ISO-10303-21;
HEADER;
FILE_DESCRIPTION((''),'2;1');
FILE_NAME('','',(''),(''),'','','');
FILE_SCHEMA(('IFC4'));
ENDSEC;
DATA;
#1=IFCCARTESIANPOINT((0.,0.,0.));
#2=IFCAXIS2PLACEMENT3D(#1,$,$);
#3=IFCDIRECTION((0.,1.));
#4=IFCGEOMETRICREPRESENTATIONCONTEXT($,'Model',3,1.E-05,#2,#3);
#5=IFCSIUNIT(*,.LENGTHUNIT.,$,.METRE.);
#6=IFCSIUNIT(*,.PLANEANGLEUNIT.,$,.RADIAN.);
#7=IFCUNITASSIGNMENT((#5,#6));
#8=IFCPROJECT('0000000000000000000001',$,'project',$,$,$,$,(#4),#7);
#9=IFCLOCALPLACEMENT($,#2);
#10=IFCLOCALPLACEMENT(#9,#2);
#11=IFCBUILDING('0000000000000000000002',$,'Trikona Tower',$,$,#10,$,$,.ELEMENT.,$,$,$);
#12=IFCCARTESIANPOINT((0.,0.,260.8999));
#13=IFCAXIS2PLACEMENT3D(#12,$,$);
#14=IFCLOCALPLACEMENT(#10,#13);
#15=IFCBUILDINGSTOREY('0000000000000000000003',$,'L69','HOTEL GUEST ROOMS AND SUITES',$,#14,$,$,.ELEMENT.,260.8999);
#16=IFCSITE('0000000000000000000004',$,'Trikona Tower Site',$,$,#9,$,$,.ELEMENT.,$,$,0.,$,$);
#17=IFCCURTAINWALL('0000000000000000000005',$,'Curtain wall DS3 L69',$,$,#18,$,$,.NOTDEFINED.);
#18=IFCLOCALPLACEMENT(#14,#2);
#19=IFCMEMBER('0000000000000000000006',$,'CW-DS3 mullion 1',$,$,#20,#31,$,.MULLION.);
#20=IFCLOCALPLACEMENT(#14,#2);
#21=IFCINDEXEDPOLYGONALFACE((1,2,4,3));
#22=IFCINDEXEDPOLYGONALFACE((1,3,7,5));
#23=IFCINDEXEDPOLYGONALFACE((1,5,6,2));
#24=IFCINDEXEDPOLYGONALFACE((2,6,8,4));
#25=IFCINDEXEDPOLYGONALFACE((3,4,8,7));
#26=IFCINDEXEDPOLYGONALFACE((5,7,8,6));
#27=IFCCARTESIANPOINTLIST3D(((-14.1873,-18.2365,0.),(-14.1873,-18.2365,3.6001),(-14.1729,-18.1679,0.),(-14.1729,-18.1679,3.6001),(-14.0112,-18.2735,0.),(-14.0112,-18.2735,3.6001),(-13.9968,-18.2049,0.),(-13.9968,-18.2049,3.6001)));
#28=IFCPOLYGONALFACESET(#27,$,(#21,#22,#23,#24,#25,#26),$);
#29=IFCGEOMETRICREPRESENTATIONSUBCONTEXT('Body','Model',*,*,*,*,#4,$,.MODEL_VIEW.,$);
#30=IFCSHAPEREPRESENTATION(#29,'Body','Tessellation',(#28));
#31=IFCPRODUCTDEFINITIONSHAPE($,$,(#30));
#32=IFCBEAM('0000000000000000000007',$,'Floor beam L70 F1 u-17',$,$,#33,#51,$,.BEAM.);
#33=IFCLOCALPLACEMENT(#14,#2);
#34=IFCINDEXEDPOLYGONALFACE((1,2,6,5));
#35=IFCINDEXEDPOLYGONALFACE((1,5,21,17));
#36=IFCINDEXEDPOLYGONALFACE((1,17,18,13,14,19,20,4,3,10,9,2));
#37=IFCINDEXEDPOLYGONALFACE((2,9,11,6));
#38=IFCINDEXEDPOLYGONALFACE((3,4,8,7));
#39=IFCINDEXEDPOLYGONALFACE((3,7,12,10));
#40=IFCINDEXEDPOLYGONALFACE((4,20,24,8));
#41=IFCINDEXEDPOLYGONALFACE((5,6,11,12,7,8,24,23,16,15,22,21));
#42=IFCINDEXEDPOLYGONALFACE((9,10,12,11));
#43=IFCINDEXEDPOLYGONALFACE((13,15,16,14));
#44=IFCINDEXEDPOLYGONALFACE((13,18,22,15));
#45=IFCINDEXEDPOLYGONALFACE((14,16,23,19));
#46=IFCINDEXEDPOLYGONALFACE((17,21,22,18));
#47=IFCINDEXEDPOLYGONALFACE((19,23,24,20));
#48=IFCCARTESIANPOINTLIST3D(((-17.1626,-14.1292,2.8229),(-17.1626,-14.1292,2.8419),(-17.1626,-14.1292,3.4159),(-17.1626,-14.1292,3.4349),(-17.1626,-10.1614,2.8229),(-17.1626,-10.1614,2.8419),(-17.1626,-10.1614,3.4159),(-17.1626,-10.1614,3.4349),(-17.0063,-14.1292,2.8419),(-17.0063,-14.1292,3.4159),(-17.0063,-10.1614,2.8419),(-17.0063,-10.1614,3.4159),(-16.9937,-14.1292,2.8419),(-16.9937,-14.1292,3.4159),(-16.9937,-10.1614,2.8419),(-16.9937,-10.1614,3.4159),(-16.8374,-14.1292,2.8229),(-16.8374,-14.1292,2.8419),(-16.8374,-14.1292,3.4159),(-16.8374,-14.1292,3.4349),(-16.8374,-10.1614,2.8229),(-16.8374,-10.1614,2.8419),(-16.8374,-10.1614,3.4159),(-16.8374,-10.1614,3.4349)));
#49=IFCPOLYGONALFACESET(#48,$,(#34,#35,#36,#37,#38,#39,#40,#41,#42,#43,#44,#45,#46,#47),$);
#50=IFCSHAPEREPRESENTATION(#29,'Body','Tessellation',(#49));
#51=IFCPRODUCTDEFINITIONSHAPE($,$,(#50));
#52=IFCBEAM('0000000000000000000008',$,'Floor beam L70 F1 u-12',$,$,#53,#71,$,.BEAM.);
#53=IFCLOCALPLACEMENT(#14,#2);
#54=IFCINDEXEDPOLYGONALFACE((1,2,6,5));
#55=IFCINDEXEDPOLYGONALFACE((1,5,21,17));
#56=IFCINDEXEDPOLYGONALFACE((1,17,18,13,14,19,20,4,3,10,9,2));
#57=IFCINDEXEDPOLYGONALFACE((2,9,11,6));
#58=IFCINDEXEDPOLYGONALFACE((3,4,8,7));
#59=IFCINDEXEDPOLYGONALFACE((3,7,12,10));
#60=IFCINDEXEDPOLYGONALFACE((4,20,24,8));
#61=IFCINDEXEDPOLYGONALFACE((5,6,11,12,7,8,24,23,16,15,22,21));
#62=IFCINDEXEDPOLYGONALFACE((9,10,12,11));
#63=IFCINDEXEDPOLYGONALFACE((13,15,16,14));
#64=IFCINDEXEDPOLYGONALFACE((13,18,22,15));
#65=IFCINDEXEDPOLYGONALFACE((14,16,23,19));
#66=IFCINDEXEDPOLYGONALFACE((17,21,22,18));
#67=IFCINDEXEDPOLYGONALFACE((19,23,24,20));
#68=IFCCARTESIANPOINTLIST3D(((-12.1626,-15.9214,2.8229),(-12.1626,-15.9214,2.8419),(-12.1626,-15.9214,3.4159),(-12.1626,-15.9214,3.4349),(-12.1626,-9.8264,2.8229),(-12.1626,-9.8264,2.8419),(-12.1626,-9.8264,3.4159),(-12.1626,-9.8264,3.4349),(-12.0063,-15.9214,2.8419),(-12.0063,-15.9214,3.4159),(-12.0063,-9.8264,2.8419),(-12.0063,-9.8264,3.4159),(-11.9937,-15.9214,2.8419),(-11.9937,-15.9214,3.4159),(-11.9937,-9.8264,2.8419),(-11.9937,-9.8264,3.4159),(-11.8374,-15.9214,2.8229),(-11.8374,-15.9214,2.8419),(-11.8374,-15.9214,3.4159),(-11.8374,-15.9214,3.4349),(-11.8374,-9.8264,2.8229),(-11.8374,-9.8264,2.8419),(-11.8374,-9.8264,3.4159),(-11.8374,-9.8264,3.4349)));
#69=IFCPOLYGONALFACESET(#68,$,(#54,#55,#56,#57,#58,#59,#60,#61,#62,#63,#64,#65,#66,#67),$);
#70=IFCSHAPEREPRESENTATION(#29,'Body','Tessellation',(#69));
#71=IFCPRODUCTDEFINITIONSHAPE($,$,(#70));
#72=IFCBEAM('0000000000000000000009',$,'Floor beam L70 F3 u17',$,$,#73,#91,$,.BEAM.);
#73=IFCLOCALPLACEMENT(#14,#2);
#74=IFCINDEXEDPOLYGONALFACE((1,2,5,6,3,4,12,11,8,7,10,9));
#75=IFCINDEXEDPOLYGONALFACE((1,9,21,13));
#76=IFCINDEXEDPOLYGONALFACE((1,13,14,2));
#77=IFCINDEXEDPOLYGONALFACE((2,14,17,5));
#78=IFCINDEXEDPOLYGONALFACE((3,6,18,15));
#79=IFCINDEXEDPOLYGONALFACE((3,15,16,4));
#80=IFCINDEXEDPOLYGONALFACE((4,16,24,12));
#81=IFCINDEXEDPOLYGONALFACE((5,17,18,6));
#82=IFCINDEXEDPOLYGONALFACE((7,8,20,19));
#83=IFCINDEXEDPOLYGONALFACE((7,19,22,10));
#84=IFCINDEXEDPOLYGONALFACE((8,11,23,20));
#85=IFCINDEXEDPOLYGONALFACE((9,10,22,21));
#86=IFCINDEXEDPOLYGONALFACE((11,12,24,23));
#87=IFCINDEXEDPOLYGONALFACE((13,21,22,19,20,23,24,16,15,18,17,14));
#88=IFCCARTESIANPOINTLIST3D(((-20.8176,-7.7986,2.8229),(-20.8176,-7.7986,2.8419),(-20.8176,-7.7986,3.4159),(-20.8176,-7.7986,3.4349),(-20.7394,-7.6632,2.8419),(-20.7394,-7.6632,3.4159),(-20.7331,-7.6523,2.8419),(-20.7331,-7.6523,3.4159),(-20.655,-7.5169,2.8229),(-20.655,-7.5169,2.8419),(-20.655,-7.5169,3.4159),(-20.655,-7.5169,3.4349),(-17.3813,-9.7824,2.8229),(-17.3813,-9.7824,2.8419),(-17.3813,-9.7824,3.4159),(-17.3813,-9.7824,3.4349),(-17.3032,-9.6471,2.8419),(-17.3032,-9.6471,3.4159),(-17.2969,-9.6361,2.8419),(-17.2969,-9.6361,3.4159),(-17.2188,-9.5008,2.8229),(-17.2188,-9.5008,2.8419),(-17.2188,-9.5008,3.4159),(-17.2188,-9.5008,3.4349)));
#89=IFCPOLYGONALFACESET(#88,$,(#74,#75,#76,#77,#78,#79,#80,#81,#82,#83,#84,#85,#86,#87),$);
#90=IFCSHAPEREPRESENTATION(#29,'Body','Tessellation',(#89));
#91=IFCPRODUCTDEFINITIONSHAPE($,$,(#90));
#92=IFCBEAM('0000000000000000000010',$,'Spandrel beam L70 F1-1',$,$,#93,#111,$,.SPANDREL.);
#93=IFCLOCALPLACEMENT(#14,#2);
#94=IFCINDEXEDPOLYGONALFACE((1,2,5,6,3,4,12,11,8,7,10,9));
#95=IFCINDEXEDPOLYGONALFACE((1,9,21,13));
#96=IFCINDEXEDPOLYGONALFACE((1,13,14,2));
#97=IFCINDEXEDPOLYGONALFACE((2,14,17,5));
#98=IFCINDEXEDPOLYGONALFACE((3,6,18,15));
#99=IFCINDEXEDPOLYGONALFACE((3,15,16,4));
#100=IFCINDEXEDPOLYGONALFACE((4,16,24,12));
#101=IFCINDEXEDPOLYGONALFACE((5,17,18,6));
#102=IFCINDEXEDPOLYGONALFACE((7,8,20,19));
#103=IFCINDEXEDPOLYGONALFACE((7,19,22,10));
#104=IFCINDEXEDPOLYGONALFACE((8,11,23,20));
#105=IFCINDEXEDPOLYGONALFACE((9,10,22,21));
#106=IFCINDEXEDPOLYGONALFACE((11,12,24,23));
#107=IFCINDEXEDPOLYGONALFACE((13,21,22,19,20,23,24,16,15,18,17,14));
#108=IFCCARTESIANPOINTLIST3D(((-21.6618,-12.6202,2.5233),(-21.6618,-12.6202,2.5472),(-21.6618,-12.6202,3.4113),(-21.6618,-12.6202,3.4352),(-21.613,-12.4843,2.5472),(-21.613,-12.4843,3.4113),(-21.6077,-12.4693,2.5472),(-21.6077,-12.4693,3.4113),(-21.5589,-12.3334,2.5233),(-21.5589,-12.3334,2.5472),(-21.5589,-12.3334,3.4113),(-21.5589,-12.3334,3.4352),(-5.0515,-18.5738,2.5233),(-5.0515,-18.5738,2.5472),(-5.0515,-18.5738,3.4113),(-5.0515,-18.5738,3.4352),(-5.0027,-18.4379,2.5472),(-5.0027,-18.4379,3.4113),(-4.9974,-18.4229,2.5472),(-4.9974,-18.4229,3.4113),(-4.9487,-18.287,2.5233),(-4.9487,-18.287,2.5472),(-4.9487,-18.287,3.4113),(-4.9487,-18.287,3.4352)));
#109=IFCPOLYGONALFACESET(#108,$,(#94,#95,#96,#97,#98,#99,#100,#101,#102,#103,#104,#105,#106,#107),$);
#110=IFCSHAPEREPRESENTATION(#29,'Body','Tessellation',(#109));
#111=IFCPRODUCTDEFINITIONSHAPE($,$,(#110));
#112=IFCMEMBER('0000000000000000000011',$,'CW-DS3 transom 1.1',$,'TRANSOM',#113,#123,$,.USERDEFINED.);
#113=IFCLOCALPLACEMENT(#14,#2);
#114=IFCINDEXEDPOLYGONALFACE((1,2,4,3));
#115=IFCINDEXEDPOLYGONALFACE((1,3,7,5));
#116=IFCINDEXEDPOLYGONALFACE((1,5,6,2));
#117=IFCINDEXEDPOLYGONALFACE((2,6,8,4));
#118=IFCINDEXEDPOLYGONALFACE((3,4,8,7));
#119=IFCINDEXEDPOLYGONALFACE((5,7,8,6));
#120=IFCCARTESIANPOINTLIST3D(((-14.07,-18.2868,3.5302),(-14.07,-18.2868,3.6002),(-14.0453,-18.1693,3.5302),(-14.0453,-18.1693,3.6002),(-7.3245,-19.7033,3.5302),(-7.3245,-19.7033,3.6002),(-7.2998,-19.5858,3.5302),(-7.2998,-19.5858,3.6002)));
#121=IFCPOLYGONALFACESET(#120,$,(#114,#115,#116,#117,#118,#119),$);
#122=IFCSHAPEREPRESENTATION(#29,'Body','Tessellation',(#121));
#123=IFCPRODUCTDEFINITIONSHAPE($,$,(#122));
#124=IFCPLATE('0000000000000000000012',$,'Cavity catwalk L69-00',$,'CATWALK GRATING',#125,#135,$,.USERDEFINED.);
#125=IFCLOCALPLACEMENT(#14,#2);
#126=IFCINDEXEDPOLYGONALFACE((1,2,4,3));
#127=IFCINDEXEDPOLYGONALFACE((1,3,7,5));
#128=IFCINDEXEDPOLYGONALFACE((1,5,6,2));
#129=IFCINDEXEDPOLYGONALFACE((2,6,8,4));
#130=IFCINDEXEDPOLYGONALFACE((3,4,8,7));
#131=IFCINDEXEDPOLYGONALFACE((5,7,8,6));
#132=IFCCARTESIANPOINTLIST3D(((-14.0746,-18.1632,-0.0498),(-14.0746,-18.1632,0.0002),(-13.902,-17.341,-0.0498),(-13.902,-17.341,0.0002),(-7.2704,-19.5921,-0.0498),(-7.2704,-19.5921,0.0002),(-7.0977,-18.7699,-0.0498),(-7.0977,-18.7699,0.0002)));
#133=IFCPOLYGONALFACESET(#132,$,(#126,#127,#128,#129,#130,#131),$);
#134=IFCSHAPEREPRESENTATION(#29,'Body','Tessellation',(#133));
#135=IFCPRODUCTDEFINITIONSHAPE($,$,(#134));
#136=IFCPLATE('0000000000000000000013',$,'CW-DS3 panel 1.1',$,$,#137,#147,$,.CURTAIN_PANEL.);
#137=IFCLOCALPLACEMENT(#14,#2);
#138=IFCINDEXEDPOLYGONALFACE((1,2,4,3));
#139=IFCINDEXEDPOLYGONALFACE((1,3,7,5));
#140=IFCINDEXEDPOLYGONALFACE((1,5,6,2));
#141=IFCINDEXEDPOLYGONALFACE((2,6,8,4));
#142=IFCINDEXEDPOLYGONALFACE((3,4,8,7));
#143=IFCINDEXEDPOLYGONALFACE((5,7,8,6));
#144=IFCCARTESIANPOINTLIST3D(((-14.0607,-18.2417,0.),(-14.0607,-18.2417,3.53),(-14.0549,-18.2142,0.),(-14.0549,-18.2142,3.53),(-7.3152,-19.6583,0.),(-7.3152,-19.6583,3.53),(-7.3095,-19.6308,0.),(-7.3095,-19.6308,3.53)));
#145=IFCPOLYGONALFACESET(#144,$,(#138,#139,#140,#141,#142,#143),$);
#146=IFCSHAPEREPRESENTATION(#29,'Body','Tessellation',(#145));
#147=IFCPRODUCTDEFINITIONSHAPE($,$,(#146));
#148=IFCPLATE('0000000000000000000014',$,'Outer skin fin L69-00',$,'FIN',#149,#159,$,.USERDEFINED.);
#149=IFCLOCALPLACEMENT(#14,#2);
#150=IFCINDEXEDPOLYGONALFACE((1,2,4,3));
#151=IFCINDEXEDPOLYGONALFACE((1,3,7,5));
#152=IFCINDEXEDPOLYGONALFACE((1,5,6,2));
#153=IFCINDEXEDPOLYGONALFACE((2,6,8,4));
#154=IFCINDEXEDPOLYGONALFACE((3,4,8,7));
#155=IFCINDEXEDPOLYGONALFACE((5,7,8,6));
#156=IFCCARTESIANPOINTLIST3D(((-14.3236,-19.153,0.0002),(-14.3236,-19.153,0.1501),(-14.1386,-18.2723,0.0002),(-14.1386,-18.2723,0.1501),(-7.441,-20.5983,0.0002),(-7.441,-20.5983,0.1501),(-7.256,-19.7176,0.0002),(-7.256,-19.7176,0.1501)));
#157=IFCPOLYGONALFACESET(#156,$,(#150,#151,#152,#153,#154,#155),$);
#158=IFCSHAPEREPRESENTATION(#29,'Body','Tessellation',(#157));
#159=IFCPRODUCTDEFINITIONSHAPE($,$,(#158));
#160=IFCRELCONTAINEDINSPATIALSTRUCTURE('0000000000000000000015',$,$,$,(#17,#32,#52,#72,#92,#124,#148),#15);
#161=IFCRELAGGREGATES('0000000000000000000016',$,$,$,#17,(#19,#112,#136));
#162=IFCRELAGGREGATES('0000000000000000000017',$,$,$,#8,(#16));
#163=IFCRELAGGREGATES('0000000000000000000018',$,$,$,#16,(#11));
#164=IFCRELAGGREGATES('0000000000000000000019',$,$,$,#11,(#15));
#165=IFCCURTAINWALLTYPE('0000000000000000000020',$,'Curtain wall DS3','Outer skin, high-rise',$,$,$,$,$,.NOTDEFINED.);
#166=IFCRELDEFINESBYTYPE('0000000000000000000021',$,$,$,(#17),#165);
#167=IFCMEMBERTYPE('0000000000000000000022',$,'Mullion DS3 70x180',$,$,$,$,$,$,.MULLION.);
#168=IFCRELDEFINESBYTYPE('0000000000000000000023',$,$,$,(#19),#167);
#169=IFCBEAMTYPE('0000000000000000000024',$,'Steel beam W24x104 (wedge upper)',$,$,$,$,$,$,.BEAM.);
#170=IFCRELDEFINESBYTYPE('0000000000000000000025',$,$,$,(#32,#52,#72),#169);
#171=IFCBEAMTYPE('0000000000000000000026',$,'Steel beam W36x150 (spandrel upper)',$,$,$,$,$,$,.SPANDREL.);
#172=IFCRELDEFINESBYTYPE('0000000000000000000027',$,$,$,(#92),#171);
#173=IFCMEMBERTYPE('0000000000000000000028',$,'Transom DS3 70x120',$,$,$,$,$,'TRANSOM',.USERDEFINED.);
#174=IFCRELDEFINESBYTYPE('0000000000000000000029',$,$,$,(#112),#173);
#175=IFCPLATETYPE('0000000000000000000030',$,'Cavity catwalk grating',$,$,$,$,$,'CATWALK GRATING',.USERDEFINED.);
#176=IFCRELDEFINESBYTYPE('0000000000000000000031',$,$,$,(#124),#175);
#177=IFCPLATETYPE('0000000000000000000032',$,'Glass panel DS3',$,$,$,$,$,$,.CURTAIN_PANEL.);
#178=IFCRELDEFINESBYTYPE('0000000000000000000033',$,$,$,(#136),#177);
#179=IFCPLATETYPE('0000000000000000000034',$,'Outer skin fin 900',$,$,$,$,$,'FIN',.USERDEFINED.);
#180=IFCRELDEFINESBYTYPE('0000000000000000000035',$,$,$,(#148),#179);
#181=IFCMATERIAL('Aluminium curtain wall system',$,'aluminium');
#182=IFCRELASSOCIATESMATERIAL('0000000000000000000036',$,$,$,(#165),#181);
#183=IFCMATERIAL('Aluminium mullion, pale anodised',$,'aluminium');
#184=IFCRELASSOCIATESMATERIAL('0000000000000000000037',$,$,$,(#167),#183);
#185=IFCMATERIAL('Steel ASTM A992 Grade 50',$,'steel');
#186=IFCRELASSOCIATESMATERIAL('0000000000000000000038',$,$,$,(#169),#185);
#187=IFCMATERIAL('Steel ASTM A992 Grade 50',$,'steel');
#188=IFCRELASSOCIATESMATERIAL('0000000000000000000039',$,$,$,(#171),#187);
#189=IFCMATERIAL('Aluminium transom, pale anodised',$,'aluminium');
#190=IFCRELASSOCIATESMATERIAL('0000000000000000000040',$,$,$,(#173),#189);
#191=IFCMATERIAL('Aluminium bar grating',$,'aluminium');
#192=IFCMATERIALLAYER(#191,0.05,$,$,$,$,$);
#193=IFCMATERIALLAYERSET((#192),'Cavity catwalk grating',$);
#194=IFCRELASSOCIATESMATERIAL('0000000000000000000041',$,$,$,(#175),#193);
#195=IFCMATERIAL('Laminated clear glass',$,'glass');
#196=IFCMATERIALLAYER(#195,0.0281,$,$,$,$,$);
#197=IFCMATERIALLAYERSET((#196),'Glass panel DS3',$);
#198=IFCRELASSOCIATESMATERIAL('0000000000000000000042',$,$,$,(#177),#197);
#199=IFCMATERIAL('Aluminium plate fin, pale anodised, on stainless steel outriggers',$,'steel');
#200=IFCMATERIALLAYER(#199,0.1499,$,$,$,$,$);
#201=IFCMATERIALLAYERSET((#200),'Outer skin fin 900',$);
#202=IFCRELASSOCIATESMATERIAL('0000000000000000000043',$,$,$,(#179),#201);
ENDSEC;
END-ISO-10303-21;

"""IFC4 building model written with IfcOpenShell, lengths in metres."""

from ifc_helpers import new_model, si_unit, direction, frame, origin, origin_2d, place, context, subcontext, project, spatial, rectangle, i_section, extrude, material, layer, layer_set, material_profile, profile_set, type_object, element, aggregate, save


model = new_model("IFC4")

# Units and contexts
model_context = context("Model", 3, precision=1e-05, world=origin(), true_north=direction((0.0, 1.0)))
body_context = subcontext(model_context, "Body", "Model", "MODEL_VIEW")
ifc_project = project(units=[si_unit("LENGTHUNIT", "METRE"), si_unit("PLANEANGLEUNIT", "RADIAN")], contexts=[model_context])

# Site, building, storey
site_placement = place(None, origin())
site = spatial("IfcSite", under=ifc_project, at=site_placement, Name="Trikona Tower Site", CompositionType="ELEMENT", RefElevation=0.0)
building_placement = place(site_placement, origin())
building = spatial("IfcBuilding", under=site, at=building_placement, Name="Trikona Tower", CompositionType="ELEMENT")
storey_placement = place(building_placement, frame((0.0, 0.0, 260.8999)))
storey = spatial("IfcBuildingStorey", under=building, at=storey_placement, Name="L69", Description="HOTEL GUEST ROOMS AND SUITES", CompositionType="ELEMENT", Elevation=260.8999)

# Curtain wall, member
ifc_material_1 = material(Name="Aluminium curtain wall system", Category="aluminium")
curtain_wall_type = type_object("IfcCurtainWallType", Name="Curtain wall DS3", Description="Outer skin, high-rise", PredefinedType="NOTDEFINED", material=ifc_material_1)
curtain_wall_placement = place(storey_placement, origin())
curtain_wall = element("IfcCurtainWall", 1, at=curtain_wall_placement, inside=storey, type_object=curtain_wall_type, Name="Curtain wall DS3 L69", PredefinedType="NOTDEFINED")
ifc_material_2 = material(Name="Aluminium mullion, pale anodised", Category="aluminium")
ifc_material_profile_1 = material_profile(ifc_material_2, rectangle(XDim=0.0701, YDim=0.1799, at=origin_2d()), Name="MUL-DS3")
ifc_profile_set_1 = profile_set([ifc_material_profile_1], Name="Aluminium mullion, pale anodised")
member_type_1 = type_object("IfcMemberType", Name="Mullion DS3 70x180", PredefinedType="MULLION", material=ifc_profile_set_1)
member_1_placement = place(storey_placement, frame((-14.092, -18.2207, 0.0), z_axis=(0.0, 0.0, 1.0), x_axis=(0.205527, 0.978651, 0.0)))
member_1 = element("IfcMember", 2, at=member_1_placement, type_object=member_type_1, Name="CW-DS3 mullion 1", PredefinedType="MULLION", context=body_context, shape_type="SweptSolid", body=[
    extrude(rectangle(XDim=0.0701, YDim=0.1799, at=origin_2d()), origin(), (0.0, 0.0, 1.0), 3.6001),
])

# Beams
ifc_material_3 = material(Name="Steel ASTM A992 Grade 50", Category="steel")
ifc_material_profile_2 = material_profile(ifc_material_3, i_section(OverallWidth=0.3252, OverallDepth=0.6121, WebThickness=0.0127, FlangeThickness=0.019, at=origin_2d()), Name="W24X104")
ifc_profile_set_2 = profile_set([ifc_material_profile_2], Name="Steel ASTM A992 Grade 50")
beam_type_1 = type_object("IfcBeamType", Name="Steel beam W24x104 (wedge upper)", PredefinedType="BEAM", material=ifc_profile_set_2)
beam_1_placement = place(storey_placement, frame((-17.0, -10.1614, 3.1289), z_axis=(0.0, -1.0, 0.0), x_axis=(1.0, 0.0, 0.0)))
element("IfcBeam", 3, at=beam_1_placement, inside=storey, type_object=beam_type_1, Name="Floor beam L70 F1 u-17", PredefinedType="BEAM", context=body_context, shape_type="SweptSolid", body=[
    extrude(i_section(OverallWidth=0.3252, OverallDepth=0.6121, WebThickness=0.0127, FlangeThickness=0.019, at=origin_2d()), origin(), (0.0, 0.0, 1.0), 3.9678),
])
beam_2_placement = place(storey_placement, frame((-12.0, -9.8264, 3.1289), z_axis=(0.0, -1.0, 0.0), x_axis=(1.0, 0.0, 0.0)))
element("IfcBeam", 4, at=beam_2_placement, inside=storey, type_object=beam_type_1, Name="Floor beam L70 F1 u-12", PredefinedType="BEAM", context=body_context, shape_type="SweptSolid", body=[
    extrude(i_section(OverallWidth=0.3252, OverallDepth=0.6121, WebThickness=0.0127, FlangeThickness=0.019, at=origin_2d()), origin(), (0.0, 0.0, 1.0), 6.095),
])
beam_3_placement = place(storey_placement, frame((-17.3, -9.6416, 3.1289), z_axis=(-0.866031, 0.499991, 0.0), x_axis=(-0.499991, -0.866031, 0.0)))
element("IfcBeam", 5, at=beam_3_placement, inside=storey, type_object=beam_type_1, Name="Floor beam L70 F3 u17", PredefinedType="BEAM", context=body_context, shape_type="SweptSolid", body=[
    extrude(i_section(OverallWidth=0.3252, OverallDepth=0.6121, WebThickness=0.0127, FlangeThickness=0.019, at=origin_2d()), origin(), (0.0, 0.0, 1.0), 3.9678),
])
ifc_material_4 = material(Name="Steel ASTM A992 Grade 50", Category="steel")
ifc_material_profile_3 = material_profile(ifc_material_4, i_section(OverallWidth=0.3047, OverallDepth=0.9119, WebThickness=0.0159, FlangeThickness=0.0239, at=origin_2d()), Name="W36X150")
ifc_profile_set_3 = profile_set([ifc_material_profile_3], Name="Steel ASTM A992 Grade 50")
beam_type_2 = type_object("IfcBeamType", Name="Steel beam W36x150 (spandrel upper)", PredefinedType="SPANDREL", material=ifc_profile_set_3)
beam_4_placement = place(storey_placement, frame((-21.6104, -12.4768, 2.9792), z_axis=(0.941358, -0.337409, 0.0), x_axis=(0.337409, 0.941358, 0.0)))
element("IfcBeam", 6, at=beam_4_placement, inside=storey, type_object=beam_type_2, Name="Spandrel beam L70 F1-1", PredefinedType="SPANDREL", context=body_context, shape_type="SweptSolid", body=[
    extrude(i_section(OverallWidth=0.3047, OverallDepth=0.9119, WebThickness=0.0159, FlangeThickness=0.0239, at=origin_2d()), origin(), (0.0, 0.0, 1.0), 17.645),
])

# Member
ifc_material_5 = material(Name="Aluminium transom, pale anodised", Category="aluminium")
ifc_material_profile_4 = material_profile(ifc_material_5, rectangle(XDim=0.1201, YDim=0.0701, at=origin_2d()), Name="TRN-DS3")
ifc_profile_set_4 = profile_set([ifc_material_profile_4], Name="Aluminium transom, pale anodised")
member_type_2 = type_object("IfcMemberType", Name="Transom DS3 70x120", ElementType="TRANSOM", PredefinedType="USERDEFINED", material=ifc_profile_set_4)
member_2_placement = place(storey_placement, frame((-14.0576, -18.228, 3.5652), z_axis=(0.978654, -0.205514, 0.0), x_axis=(0.205514, 0.978654, 0.0)))
member_2 = element("IfcMember", 7, at=member_2_placement, type_object=member_type_2, Name="CW-DS3 transom 1.1", ObjectType="TRANSOM", PredefinedType="USERDEFINED", context=body_context, shape_type="SweptSolid", body=[
    extrude(rectangle(XDim=0.1201, YDim=0.0701, at=origin_2d()), origin(), (0.0, 0.0, 1.0), 6.8926),
])

# Plates
ifc_material_6 = material(Name="Aluminium bar grating", Category="aluminium")
ifc_layer_1 = layer(ifc_material_6, 0.05)
ifc_layer_set_1 = layer_set([ifc_layer_1], Name="Cavity catwalk grating")
plate_type_1 = type_object("IfcPlateType", Name="Cavity catwalk grating", ElementType="CATWALK GRATING", PredefinedType="USERDEFINED", material=ifc_layer_set_1)
plate_1_placement = place(storey_placement, frame((-10.5862, -18.4666, -0.0498), z_axis=(0.0, 0.0, 1.0), x_axis=(0.978653, -0.205518, 0.0)))
element("IfcPlate", 8, at=plate_1_placement, inside=storey, type_object=plate_type_1, Name="Cavity catwalk L69-00", ObjectType="CATWALK GRATING", PredefinedType="USERDEFINED", context=body_context, shape_type="SweptSolid", body=[
    extrude(rectangle(XDim=6.9526, YDim=0.8401, at=origin_2d()), origin(), (0.0, 0.0, 1.0), 0.05),
])
ifc_material_7 = material(Name="Laminated clear glass", Category="glass")
ifc_layer_2 = layer(ifc_material_7, 0.0281)
ifc_layer_set_2 = layer_set([ifc_layer_2], Name="Glass panel DS3")
plate_type_2 = type_object("IfcPlateType", Name="Glass panel DS3", PredefinedType="CURTAIN_PANEL", material=ifc_layer_set_2)
plate_2_placement = place(storey_placement, frame((-10.6851, -18.9363, 0.0), z_axis=(0.0, 0.0, 1.0), x_axis=(0.978651, -0.205527, 0.0)))
plate_2 = element("IfcPlate", 9, at=plate_2_placement, type_object=plate_type_2, Name="CW-DS3 panel 1.1", PredefinedType="CURTAIN_PANEL", context=body_context, shape_type="SweptSolid", body=[
    extrude(rectangle(XDim=6.8926, YDim=0.0281, at=origin_2d()), origin(), (0.0, 0.0, 1.0), 3.53),
])
aggregate(curtain_wall, [member_1, member_2, plate_2])
ifc_material_8 = material(Name="Aluminium plate fin, pale anodised, on stainless steel outriggers", Category="steel")
ifc_layer_3 = layer(ifc_material_8, 0.1499)
ifc_layer_set_3 = layer_set([ifc_layer_3], Name="Outer skin fin 900")
plate_type_3 = type_object("IfcPlateType", Name="Outer skin fin 900", ElementType="FIN", PredefinedType="USERDEFINED", material=ifc_layer_set_3)
plate_3_placement = place(storey_placement, frame((-10.7898, -19.4353, 0.0002), z_axis=(0.0, 0.0, 1.0), x_axis=(0.978653, -0.205518, 0.0)))
element("IfcPlate", 10, at=plate_3_placement, inside=storey, type_object=plate_type_3, Name="Outer skin fin L69-00", ObjectType="FIN", PredefinedType="USERDEFINED", context=body_context, shape_type="SweptSolid", body=[
    extrude(rectangle(XDim=7.0327, YDim=0.8999, at=origin_2d()), origin(), (0.0, 0.0, 1.0), 0.1499),
])

save(model, "model.ifc")
